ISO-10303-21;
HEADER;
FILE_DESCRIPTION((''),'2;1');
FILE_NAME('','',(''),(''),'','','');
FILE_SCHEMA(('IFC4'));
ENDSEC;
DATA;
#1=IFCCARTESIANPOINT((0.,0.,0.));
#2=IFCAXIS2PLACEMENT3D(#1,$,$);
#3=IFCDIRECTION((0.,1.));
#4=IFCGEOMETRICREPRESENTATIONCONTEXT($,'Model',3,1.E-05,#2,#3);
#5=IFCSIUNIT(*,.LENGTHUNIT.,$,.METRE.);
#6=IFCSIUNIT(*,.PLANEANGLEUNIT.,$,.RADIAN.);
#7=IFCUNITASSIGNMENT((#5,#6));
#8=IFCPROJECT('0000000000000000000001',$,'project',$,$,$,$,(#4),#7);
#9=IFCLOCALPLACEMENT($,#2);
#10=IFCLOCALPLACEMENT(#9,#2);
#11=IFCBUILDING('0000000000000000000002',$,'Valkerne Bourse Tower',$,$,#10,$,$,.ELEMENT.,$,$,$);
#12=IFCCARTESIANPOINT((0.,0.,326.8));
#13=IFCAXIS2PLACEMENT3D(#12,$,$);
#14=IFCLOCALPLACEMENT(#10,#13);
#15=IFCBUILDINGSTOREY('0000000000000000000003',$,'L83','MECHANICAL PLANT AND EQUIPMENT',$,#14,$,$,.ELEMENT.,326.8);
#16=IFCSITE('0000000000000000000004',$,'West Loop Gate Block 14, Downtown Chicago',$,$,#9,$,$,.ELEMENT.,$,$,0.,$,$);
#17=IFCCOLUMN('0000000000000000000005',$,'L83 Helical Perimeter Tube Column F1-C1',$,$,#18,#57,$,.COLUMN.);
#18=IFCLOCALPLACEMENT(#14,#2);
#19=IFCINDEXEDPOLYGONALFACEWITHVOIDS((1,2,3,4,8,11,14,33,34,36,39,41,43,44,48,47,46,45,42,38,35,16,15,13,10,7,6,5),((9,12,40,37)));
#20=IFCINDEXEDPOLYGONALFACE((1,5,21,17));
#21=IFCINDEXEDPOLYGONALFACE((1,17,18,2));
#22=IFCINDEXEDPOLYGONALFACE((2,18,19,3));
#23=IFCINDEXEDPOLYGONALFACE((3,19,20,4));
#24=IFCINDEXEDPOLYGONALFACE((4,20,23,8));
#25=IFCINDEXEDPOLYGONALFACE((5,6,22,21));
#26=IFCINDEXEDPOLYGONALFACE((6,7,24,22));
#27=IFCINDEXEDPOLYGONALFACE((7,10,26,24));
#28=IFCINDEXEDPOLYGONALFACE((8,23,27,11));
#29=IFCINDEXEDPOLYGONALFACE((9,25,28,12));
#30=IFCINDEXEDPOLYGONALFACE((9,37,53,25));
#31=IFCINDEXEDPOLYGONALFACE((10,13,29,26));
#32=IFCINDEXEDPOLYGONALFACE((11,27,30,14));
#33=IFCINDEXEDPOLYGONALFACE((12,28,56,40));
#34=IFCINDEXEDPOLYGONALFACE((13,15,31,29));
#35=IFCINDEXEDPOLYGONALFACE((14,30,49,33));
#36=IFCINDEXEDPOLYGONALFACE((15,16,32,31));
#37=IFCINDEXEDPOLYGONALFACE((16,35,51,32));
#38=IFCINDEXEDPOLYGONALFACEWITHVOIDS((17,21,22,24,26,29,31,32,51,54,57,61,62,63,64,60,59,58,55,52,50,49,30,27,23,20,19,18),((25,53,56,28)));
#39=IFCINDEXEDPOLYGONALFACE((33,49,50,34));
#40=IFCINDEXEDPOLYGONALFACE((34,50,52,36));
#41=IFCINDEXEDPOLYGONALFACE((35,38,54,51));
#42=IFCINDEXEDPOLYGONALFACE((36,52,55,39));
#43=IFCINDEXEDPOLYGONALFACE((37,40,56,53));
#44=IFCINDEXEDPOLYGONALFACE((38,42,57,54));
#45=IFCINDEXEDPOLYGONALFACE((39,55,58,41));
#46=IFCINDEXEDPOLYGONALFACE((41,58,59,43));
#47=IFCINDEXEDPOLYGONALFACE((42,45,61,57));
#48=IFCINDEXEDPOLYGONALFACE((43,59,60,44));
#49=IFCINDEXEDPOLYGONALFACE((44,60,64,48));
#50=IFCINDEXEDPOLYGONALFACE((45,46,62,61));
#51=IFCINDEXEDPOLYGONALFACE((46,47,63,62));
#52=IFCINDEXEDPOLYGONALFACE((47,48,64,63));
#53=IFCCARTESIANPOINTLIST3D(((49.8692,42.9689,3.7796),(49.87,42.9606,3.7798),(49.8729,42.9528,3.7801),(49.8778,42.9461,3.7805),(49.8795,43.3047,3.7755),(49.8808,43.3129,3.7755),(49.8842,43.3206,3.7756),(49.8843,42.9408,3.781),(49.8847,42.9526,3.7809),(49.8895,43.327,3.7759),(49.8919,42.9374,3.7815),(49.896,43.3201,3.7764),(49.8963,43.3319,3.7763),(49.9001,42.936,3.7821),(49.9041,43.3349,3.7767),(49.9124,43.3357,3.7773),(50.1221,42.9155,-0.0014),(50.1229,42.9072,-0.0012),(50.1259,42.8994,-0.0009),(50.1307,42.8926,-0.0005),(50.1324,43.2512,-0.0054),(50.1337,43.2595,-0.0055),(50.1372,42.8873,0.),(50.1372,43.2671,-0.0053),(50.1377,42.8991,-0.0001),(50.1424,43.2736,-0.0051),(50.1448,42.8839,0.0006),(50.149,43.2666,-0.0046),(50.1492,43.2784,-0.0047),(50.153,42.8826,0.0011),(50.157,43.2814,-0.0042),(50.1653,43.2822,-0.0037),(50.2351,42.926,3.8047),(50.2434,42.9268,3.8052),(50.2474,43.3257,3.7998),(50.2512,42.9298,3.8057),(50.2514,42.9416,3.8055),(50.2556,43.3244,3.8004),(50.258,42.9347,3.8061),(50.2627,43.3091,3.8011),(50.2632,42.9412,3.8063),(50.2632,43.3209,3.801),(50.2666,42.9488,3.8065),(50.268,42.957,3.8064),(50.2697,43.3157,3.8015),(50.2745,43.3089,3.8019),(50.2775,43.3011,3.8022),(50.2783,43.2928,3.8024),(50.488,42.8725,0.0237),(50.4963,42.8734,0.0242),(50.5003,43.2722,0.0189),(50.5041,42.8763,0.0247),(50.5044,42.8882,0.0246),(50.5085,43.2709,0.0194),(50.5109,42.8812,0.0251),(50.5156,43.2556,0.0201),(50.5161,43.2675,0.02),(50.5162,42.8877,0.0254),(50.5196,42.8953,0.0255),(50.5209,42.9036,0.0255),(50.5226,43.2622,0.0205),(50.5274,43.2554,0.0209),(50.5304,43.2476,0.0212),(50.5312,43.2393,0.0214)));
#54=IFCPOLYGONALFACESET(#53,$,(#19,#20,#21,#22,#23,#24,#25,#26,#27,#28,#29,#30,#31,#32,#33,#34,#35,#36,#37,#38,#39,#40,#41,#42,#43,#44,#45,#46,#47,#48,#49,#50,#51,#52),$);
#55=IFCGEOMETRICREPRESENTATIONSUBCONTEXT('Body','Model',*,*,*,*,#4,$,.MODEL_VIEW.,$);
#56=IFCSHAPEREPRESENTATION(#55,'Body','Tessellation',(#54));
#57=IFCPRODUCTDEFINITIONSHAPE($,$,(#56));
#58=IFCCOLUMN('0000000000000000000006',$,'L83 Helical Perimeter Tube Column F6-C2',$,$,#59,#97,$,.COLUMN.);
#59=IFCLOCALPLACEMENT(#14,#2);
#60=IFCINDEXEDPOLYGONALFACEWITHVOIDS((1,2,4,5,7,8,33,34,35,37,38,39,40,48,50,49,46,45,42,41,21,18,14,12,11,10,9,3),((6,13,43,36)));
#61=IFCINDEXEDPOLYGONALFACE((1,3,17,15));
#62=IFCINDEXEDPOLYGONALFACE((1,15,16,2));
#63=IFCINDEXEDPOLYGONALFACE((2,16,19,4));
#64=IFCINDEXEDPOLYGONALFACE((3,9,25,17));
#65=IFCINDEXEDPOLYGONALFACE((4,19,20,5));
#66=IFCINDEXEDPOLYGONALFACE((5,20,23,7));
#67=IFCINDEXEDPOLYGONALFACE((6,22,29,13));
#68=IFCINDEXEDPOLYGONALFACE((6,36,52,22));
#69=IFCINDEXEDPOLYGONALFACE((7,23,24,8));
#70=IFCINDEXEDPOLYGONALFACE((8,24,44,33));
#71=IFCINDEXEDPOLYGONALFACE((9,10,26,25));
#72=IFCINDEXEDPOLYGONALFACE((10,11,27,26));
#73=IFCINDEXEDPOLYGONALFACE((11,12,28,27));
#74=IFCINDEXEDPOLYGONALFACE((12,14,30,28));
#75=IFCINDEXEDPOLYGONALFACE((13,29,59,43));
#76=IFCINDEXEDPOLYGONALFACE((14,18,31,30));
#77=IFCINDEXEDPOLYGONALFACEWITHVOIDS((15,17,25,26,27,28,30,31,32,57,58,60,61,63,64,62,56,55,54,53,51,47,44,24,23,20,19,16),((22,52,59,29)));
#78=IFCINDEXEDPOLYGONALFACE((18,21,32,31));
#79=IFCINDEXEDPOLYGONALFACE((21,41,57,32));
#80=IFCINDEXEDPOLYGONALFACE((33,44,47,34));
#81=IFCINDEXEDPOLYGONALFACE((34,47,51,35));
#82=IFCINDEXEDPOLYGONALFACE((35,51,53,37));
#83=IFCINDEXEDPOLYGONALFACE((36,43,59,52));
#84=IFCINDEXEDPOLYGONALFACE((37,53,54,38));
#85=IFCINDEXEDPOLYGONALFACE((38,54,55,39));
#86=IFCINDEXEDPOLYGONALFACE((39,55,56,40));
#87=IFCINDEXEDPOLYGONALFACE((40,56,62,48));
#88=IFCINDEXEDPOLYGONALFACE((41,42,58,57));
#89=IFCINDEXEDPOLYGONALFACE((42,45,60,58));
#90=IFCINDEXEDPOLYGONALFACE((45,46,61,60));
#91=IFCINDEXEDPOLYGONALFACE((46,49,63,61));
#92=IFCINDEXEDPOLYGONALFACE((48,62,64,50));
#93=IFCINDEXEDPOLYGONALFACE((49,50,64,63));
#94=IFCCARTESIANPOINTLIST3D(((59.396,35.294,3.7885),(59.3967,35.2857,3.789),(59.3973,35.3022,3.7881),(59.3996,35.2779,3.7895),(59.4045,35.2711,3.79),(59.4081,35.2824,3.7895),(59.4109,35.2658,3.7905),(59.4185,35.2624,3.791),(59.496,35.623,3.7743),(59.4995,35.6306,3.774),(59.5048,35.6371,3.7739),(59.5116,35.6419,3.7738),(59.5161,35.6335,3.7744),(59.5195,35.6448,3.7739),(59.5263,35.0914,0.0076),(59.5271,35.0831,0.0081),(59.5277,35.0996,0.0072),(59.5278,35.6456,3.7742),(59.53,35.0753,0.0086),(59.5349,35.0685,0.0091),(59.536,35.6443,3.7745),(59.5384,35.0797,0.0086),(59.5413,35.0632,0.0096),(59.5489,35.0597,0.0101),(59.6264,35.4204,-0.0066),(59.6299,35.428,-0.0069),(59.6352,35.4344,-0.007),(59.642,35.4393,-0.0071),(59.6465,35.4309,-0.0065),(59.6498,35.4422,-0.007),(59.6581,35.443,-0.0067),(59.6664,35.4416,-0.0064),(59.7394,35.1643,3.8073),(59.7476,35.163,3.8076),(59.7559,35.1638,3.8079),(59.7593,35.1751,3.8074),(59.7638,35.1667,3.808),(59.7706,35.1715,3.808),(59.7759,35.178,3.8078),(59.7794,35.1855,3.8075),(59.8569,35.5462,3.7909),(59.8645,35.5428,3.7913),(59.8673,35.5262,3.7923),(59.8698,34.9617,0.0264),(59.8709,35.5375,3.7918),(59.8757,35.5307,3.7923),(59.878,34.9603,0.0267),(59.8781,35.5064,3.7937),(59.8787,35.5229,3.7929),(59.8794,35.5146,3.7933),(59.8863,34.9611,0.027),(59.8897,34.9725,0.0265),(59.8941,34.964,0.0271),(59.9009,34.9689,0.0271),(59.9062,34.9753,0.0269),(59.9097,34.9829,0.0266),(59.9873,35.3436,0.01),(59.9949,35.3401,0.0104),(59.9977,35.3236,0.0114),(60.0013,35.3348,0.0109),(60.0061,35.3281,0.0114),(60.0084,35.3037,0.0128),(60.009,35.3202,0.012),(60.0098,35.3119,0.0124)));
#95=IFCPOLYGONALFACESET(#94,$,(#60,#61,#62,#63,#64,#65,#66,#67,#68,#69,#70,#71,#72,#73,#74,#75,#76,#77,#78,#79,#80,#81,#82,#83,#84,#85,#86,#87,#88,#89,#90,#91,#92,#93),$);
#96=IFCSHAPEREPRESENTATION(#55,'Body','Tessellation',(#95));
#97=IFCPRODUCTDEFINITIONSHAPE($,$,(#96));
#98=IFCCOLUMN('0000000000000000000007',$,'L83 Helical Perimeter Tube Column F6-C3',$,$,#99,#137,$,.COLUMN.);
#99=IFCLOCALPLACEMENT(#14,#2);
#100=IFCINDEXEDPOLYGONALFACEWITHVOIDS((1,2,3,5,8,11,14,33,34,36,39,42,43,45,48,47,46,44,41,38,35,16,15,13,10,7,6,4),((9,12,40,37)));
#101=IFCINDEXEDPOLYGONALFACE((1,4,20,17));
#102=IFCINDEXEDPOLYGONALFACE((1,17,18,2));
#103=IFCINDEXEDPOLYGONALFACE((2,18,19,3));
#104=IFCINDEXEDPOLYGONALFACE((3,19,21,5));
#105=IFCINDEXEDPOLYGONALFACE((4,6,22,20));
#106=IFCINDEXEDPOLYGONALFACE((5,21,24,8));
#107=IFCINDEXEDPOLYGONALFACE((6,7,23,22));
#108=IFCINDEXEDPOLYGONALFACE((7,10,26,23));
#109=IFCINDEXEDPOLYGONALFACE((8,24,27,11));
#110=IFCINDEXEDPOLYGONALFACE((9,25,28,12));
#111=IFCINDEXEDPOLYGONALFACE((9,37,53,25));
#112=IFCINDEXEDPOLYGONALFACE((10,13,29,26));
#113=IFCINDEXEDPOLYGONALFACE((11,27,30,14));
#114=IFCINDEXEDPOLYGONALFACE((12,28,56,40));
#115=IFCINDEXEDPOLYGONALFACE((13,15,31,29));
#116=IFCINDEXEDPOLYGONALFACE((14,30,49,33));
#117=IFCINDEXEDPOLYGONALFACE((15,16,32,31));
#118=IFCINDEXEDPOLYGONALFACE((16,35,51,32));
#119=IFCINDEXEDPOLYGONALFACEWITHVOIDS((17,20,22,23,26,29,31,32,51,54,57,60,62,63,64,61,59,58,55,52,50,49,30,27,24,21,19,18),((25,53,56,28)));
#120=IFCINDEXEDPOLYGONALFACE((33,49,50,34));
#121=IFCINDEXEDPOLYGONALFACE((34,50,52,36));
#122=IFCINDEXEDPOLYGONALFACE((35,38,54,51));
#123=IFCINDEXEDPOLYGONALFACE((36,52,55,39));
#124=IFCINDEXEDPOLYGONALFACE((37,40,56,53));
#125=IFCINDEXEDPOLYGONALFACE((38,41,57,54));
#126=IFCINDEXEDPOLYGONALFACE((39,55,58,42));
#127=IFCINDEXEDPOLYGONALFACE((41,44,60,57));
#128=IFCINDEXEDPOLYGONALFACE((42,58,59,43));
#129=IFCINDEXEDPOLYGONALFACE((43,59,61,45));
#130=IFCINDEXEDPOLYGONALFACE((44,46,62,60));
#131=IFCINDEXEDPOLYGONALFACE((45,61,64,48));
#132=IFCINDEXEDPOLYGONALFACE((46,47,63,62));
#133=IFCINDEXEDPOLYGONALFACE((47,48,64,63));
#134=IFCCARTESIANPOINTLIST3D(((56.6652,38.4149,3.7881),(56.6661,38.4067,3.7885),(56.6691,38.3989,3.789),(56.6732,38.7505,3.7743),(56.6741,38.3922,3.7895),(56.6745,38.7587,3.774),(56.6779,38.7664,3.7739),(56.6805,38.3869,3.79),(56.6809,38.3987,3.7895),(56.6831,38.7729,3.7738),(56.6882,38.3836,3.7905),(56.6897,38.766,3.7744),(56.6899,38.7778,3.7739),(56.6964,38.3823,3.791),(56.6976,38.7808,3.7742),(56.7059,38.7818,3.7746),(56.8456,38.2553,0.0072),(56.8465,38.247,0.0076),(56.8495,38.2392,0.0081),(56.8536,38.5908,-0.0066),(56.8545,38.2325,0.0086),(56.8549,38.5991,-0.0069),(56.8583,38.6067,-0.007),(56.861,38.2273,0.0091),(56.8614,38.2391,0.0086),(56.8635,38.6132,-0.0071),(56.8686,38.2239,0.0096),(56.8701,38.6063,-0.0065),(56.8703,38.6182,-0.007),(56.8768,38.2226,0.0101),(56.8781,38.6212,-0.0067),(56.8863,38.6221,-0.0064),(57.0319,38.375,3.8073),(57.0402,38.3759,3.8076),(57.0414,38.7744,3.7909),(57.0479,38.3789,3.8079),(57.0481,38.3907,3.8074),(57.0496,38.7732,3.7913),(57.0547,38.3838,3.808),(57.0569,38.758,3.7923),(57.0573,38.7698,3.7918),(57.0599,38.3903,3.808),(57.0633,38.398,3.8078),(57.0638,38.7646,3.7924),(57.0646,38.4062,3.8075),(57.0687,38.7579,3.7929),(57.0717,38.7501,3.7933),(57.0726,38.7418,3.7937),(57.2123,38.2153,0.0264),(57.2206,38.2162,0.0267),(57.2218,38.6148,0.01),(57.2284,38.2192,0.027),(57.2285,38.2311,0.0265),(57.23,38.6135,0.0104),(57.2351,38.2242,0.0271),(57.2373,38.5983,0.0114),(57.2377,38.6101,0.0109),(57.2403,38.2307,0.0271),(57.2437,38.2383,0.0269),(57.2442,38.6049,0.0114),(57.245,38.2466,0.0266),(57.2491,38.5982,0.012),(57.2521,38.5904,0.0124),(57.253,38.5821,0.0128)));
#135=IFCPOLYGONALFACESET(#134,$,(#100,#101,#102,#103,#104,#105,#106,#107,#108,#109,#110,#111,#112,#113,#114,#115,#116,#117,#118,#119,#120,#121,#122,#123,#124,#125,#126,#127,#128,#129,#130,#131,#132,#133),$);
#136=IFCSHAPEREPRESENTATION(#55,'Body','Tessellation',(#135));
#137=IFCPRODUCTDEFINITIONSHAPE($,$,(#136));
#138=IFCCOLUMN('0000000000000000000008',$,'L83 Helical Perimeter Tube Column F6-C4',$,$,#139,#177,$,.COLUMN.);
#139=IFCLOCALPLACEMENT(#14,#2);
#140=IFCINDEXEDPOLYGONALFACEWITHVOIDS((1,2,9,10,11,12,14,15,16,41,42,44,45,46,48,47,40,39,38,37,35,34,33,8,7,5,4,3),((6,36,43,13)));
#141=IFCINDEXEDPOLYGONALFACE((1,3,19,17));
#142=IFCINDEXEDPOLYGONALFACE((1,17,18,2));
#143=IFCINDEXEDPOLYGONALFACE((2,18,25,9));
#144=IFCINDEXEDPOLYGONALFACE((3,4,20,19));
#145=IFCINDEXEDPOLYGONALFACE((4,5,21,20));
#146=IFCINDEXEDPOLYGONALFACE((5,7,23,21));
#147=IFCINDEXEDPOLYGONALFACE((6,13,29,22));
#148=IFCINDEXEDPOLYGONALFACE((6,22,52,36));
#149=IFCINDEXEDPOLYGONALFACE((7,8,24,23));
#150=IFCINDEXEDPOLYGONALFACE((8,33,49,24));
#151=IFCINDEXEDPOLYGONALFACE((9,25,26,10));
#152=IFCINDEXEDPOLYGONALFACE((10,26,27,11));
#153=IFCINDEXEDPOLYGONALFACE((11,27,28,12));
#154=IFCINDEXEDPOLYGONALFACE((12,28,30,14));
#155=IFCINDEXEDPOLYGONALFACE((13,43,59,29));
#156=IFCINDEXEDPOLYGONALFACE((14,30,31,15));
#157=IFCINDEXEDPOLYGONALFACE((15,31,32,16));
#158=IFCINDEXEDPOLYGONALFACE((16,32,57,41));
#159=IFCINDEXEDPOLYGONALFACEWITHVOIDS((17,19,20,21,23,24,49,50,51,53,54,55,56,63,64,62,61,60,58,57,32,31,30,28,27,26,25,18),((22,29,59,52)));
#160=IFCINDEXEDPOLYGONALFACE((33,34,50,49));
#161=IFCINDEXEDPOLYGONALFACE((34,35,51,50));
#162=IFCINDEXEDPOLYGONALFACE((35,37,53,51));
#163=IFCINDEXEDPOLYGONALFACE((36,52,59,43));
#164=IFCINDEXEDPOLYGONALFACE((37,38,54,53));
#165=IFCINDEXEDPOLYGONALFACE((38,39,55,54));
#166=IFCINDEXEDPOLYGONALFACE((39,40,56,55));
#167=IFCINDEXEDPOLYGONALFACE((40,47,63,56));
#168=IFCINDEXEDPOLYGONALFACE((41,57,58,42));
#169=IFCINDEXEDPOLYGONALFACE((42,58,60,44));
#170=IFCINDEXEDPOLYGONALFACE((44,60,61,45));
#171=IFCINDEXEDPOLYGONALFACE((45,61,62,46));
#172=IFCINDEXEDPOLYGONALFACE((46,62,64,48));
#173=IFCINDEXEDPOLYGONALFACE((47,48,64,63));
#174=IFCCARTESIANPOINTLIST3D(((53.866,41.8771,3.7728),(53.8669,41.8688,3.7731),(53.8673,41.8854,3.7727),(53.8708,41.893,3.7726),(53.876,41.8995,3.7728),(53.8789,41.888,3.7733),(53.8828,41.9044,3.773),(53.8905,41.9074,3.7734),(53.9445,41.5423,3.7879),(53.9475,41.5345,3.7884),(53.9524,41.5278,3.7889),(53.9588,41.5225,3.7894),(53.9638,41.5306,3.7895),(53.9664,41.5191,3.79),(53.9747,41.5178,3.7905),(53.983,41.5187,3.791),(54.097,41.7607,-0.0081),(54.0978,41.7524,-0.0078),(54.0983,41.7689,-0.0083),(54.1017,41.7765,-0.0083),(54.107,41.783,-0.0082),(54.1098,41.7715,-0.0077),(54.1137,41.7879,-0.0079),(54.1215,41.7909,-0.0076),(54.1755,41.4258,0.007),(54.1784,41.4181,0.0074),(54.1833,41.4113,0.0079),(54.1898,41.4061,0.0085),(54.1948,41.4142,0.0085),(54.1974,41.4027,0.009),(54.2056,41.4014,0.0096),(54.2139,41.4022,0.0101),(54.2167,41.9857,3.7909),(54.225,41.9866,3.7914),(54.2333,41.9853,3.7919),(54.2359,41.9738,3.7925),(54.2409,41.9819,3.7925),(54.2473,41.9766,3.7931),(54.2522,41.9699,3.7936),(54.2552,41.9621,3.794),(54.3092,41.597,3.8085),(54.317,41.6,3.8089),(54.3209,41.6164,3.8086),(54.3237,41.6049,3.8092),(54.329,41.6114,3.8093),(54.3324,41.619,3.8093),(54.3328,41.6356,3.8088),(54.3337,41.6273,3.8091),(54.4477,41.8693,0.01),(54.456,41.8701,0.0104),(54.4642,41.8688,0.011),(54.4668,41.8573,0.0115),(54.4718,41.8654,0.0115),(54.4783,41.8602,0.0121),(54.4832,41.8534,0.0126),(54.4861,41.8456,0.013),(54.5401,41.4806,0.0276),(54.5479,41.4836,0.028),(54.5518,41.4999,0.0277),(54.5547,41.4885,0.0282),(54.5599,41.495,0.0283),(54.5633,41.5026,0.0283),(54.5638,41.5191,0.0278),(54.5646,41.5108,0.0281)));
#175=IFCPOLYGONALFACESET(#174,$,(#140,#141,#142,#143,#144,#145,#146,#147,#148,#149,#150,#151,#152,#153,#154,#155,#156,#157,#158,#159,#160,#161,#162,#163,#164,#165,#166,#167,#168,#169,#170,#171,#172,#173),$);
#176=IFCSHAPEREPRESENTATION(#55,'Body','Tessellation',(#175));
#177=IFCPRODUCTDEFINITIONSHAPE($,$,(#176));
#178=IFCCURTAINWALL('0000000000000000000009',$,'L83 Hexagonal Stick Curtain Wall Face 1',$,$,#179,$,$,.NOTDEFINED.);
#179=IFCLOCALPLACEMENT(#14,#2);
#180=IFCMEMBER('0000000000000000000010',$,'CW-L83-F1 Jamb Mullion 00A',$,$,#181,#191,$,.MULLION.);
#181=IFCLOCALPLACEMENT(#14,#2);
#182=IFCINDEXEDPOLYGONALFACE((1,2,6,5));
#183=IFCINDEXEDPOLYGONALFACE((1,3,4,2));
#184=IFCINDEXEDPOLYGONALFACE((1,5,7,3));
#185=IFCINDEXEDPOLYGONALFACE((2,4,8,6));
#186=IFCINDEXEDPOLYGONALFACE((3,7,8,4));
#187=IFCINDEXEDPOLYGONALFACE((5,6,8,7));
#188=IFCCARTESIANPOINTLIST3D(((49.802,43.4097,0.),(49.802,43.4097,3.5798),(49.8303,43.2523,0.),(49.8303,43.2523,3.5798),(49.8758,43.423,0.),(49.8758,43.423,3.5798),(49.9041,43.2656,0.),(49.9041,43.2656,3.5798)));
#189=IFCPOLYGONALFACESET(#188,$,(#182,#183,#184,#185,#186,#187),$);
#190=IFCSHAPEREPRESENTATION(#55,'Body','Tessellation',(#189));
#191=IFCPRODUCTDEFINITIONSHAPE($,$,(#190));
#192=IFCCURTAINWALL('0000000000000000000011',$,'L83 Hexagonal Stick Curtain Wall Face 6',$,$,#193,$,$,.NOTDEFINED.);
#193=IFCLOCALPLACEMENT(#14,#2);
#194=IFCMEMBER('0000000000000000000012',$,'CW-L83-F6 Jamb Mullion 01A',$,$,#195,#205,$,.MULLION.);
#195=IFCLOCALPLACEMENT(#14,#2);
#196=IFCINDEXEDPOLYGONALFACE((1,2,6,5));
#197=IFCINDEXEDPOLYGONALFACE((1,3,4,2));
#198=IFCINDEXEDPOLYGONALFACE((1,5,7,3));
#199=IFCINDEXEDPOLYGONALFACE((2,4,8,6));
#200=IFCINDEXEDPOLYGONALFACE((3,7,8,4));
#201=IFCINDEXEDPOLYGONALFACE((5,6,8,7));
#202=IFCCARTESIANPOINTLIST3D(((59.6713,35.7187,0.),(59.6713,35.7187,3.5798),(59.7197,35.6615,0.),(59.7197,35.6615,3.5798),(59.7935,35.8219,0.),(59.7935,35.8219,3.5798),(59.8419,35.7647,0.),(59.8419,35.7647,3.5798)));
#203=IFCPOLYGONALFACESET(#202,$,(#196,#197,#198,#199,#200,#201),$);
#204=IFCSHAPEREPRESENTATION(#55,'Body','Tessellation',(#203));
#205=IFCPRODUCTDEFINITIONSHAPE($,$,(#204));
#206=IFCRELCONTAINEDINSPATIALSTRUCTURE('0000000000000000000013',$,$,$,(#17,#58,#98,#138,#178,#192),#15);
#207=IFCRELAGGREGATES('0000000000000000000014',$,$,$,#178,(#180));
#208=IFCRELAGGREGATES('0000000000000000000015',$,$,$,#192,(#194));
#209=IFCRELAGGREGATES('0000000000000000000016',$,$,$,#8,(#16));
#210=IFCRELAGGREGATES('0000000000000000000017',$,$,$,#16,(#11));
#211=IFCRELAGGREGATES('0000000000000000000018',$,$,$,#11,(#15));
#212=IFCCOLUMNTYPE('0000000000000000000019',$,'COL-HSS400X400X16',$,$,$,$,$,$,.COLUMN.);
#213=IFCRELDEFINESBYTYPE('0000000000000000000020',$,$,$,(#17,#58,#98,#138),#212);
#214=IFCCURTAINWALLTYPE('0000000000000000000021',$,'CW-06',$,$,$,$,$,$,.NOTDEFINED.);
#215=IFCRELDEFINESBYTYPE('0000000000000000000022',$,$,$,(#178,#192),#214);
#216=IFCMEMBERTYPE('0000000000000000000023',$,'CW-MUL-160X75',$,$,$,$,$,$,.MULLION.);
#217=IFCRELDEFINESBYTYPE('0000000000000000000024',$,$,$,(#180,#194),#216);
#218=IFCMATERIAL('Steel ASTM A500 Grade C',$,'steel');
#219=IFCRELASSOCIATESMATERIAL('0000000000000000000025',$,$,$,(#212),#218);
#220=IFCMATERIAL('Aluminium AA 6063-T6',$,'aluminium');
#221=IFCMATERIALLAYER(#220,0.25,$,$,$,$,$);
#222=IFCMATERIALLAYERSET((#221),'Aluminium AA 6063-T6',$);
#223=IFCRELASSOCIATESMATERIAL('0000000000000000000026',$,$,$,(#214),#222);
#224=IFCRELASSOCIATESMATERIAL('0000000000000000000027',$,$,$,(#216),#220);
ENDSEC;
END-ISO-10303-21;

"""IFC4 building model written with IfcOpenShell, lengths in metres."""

from ifc_helpers import new_model, si_unit, direction, frame, origin, origin_2d, place, context, subcontext, project, spatial, rectangle, hollow_rectangle, extrude, material, layer, layer_set, material_profile, profile_set, type_object, element, aggregate, save


model = new_model("IFC4")

# Units and contexts
model_context = context("Model", 3, precision=1e-05, world=origin(), true_north=direction((0.0, 1.0)))
body_context = subcontext(model_context, "Body", "Model", "MODEL_VIEW")
ifc_project = project(units=[si_unit("LENGTHUNIT", "METRE"), si_unit("PLANEANGLEUNIT", "RADIAN")], contexts=[model_context])

# Site, building, storey
site_placement = place(None, origin())
site = spatial("IfcSite", under=ifc_project, at=site_placement, Name="West Loop Gate Block 14, Downtown Chicago", CompositionType="ELEMENT", RefElevation=0.0)
building_placement = place(site_placement, origin())
building = spatial("IfcBuilding", under=site, at=building_placement, Name="Valkerne Bourse Tower", CompositionType="ELEMENT")
storey_placement = place(building_placement, frame((0.0, 0.0, 326.8)))
storey = spatial("IfcBuildingStorey", under=building, at=storey_placement, Name="L83", Description="MECHANICAL PLANT AND EQUIPMENT", CompositionType="ELEMENT", Elevation=326.8)

# Columns
ifc_material_1 = material(Name="Steel ASTM A500 Grade C", Category="steel")
ifc_material_profile_1 = material_profile(ifc_material_1, hollow_rectangle(XDim=0.3999, YDim=0.3999, WallThickness=0.0161, OuterFilletRadius=0.032, at=origin_2d()), Name="HSS400X400X16")
ifc_profile_set_1 = profile_set([ifc_material_profile_1], Name="Steel ASTM A500 Grade C")
column_type = type_object("IfcColumnType", Name="COL-HSS400X400X16", PredefinedType="COLUMN", material=ifc_profile_set_1)
column_1_placement = place(storey_placement, frame((50.3267, 43.0774, 0.01), z_axis=(-0.066739, 0.014108, 0.997671), x_axis=(0.030698, 0.999456, -0.01208)))
element("IfcColumn", 1, at=column_1_placement, inside=storey, type_object=column_type, Name="L83 Helical Perimeter Tube Column F1-C1", PredefinedType="COLUMN", context=body_context, shape_type="SweptSolid", body=[
    extrude(hollow_rectangle(XDim=0.3999, YDim=0.3999, WallThickness=0.0161, OuterFilletRadius=0.032, at=origin_2d()), origin(), (0.0, 0.0, 1.0), 3.7898),
])
for number, where, z_axis, x_axis, name in (
    (2, (59.7681, 35.2017, 0.01), (-0.034411, 0.053485, 0.997976), (0.955244, -0.291803, 0.048576), "L83 Helical Perimeter Tube Column F6-C2"),
    (3, (57.0493, 38.4187, 0.01), (-0.047621, 0.042143, 0.997976), (0.998582, -0.021805, 0.048571), "L83 Helical Perimeter Tube Column F6-C3"),
):
    element("IfcColumn", number, at=place(storey_placement, frame(where, z_axis=z_axis, x_axis=x_axis)), inside=storey, type_object=column_type, Name=name, PredefinedType="COLUMN", context=body_context, shape_type="SweptSolid", body=[
        extrude(hollow_rectangle(XDim=0.3999, YDim=0.3999, WallThickness=0.0161, OuterFilletRadius=0.032, at=origin_2d()), origin(), (0.0, 0.0, 1.0), 3.7886),
    ])
column_2_placement = place(storey_placement, frame((54.3308, 41.6357, 0.01), z_axis=(-0.060941, 0.030728, 0.997668), x_axis=(0.971018, 0.233254, 0.052129)))
element("IfcColumn", 4, at=column_2_placement, inside=storey, type_object=column_type, Name="L83 Helical Perimeter Tube Column F6-C4", PredefinedType="COLUMN", context=body_context, shape_type="SweptSolid", body=[
    extrude(hollow_rectangle(XDim=0.3999, YDim=0.3999, WallThickness=0.0161, OuterFilletRadius=0.032, at=origin_2d()), origin(), (0.0, 0.0, 1.0), 3.7898),
])

# Curtain wall, member
ifc_material_2 = material(Name="Aluminium AA 6063-T6", Category="aluminium")
ifc_layer_1 = layer(ifc_material_2, 0.25)
ifc_layer_set_1 = layer_set([ifc_layer_1], Name="Aluminium AA 6063-T6")
curtain_wall_type = type_object("IfcCurtainWallType", Name="CW-06", PredefinedType="NOTDEFINED", material=ifc_layer_set_1)
curtain_wall_1_placement = place(storey_placement, origin())
curtain_wall_1 = element("IfcCurtainWall", 5, at=curtain_wall_1_placement, inside=storey, type_object=curtain_wall_type, Name="L83 Hexagonal Stick Curtain Wall Face 1", PredefinedType="NOTDEFINED")
ifc_material_profile_2 = material_profile(ifc_material_2, rectangle(XDim=0.075, YDim=0.1599, at=origin_2d()), Name="CWM-75X160")
ifc_profile_set_2 = profile_set([ifc_material_profile_2], Name="Aluminium AA 6063-T6")
member_type_1 = type_object("IfcMemberType", Name="CW-MUL-160X75", PredefinedType="MULLION", material=ifc_profile_set_2)
member_1_placement = place(storey_placement, frame((49.853, 43.3376, 0.0), z_axis=(0.0, 0.0, 1.0), x_axis=(-0.984195, -0.177086, 0.0)))
member_1 = element("IfcMember", 6, at=member_1_placement, type_object=member_type_1, Name="CW-L83-F1 Jamb Mullion 00A", PredefinedType="MULLION", context=body_context, shape_type="SweptSolid", body=[
    extrude(rectangle(XDim=0.075, YDim=0.1599, at=origin_2d()), origin(), (0.0, 0.0, 1.0), 3.5798),
])

# Curtain wall, member
curtain_wall_2_placement = place(storey_placement, origin())
curtain_wall_2 = element("IfcCurtainWall", 7, at=curtain_wall_2_placement, inside=storey, type_object=curtain_wall_type, Name="L83 Hexagonal Stick Curtain Wall Face 6", PredefinedType="NOTDEFINED")
member_2_placement = place(storey_placement, frame((59.7566, 35.7417, 0.0), z_axis=(0.0, 0.0, 1.0), x_axis=(-0.645463, 0.763791, 0.0)))
member_2 = element("IfcMember", 8, at=member_2_placement, type_object=member_type_1, Name="CW-L83-F6 Jamb Mullion 01A", PredefinedType="MULLION", context=body_context, shape_type="SweptSolid", body=[
    extrude(rectangle(XDim=0.075, YDim=0.1599, at=origin_2d()), origin(), (0.0, 0.0, 1.0), 3.5798),
])

aggregate(curtain_wall_1, [member_1])
aggregate(curtain_wall_2, [member_2])

save(model, "model.ifc")
